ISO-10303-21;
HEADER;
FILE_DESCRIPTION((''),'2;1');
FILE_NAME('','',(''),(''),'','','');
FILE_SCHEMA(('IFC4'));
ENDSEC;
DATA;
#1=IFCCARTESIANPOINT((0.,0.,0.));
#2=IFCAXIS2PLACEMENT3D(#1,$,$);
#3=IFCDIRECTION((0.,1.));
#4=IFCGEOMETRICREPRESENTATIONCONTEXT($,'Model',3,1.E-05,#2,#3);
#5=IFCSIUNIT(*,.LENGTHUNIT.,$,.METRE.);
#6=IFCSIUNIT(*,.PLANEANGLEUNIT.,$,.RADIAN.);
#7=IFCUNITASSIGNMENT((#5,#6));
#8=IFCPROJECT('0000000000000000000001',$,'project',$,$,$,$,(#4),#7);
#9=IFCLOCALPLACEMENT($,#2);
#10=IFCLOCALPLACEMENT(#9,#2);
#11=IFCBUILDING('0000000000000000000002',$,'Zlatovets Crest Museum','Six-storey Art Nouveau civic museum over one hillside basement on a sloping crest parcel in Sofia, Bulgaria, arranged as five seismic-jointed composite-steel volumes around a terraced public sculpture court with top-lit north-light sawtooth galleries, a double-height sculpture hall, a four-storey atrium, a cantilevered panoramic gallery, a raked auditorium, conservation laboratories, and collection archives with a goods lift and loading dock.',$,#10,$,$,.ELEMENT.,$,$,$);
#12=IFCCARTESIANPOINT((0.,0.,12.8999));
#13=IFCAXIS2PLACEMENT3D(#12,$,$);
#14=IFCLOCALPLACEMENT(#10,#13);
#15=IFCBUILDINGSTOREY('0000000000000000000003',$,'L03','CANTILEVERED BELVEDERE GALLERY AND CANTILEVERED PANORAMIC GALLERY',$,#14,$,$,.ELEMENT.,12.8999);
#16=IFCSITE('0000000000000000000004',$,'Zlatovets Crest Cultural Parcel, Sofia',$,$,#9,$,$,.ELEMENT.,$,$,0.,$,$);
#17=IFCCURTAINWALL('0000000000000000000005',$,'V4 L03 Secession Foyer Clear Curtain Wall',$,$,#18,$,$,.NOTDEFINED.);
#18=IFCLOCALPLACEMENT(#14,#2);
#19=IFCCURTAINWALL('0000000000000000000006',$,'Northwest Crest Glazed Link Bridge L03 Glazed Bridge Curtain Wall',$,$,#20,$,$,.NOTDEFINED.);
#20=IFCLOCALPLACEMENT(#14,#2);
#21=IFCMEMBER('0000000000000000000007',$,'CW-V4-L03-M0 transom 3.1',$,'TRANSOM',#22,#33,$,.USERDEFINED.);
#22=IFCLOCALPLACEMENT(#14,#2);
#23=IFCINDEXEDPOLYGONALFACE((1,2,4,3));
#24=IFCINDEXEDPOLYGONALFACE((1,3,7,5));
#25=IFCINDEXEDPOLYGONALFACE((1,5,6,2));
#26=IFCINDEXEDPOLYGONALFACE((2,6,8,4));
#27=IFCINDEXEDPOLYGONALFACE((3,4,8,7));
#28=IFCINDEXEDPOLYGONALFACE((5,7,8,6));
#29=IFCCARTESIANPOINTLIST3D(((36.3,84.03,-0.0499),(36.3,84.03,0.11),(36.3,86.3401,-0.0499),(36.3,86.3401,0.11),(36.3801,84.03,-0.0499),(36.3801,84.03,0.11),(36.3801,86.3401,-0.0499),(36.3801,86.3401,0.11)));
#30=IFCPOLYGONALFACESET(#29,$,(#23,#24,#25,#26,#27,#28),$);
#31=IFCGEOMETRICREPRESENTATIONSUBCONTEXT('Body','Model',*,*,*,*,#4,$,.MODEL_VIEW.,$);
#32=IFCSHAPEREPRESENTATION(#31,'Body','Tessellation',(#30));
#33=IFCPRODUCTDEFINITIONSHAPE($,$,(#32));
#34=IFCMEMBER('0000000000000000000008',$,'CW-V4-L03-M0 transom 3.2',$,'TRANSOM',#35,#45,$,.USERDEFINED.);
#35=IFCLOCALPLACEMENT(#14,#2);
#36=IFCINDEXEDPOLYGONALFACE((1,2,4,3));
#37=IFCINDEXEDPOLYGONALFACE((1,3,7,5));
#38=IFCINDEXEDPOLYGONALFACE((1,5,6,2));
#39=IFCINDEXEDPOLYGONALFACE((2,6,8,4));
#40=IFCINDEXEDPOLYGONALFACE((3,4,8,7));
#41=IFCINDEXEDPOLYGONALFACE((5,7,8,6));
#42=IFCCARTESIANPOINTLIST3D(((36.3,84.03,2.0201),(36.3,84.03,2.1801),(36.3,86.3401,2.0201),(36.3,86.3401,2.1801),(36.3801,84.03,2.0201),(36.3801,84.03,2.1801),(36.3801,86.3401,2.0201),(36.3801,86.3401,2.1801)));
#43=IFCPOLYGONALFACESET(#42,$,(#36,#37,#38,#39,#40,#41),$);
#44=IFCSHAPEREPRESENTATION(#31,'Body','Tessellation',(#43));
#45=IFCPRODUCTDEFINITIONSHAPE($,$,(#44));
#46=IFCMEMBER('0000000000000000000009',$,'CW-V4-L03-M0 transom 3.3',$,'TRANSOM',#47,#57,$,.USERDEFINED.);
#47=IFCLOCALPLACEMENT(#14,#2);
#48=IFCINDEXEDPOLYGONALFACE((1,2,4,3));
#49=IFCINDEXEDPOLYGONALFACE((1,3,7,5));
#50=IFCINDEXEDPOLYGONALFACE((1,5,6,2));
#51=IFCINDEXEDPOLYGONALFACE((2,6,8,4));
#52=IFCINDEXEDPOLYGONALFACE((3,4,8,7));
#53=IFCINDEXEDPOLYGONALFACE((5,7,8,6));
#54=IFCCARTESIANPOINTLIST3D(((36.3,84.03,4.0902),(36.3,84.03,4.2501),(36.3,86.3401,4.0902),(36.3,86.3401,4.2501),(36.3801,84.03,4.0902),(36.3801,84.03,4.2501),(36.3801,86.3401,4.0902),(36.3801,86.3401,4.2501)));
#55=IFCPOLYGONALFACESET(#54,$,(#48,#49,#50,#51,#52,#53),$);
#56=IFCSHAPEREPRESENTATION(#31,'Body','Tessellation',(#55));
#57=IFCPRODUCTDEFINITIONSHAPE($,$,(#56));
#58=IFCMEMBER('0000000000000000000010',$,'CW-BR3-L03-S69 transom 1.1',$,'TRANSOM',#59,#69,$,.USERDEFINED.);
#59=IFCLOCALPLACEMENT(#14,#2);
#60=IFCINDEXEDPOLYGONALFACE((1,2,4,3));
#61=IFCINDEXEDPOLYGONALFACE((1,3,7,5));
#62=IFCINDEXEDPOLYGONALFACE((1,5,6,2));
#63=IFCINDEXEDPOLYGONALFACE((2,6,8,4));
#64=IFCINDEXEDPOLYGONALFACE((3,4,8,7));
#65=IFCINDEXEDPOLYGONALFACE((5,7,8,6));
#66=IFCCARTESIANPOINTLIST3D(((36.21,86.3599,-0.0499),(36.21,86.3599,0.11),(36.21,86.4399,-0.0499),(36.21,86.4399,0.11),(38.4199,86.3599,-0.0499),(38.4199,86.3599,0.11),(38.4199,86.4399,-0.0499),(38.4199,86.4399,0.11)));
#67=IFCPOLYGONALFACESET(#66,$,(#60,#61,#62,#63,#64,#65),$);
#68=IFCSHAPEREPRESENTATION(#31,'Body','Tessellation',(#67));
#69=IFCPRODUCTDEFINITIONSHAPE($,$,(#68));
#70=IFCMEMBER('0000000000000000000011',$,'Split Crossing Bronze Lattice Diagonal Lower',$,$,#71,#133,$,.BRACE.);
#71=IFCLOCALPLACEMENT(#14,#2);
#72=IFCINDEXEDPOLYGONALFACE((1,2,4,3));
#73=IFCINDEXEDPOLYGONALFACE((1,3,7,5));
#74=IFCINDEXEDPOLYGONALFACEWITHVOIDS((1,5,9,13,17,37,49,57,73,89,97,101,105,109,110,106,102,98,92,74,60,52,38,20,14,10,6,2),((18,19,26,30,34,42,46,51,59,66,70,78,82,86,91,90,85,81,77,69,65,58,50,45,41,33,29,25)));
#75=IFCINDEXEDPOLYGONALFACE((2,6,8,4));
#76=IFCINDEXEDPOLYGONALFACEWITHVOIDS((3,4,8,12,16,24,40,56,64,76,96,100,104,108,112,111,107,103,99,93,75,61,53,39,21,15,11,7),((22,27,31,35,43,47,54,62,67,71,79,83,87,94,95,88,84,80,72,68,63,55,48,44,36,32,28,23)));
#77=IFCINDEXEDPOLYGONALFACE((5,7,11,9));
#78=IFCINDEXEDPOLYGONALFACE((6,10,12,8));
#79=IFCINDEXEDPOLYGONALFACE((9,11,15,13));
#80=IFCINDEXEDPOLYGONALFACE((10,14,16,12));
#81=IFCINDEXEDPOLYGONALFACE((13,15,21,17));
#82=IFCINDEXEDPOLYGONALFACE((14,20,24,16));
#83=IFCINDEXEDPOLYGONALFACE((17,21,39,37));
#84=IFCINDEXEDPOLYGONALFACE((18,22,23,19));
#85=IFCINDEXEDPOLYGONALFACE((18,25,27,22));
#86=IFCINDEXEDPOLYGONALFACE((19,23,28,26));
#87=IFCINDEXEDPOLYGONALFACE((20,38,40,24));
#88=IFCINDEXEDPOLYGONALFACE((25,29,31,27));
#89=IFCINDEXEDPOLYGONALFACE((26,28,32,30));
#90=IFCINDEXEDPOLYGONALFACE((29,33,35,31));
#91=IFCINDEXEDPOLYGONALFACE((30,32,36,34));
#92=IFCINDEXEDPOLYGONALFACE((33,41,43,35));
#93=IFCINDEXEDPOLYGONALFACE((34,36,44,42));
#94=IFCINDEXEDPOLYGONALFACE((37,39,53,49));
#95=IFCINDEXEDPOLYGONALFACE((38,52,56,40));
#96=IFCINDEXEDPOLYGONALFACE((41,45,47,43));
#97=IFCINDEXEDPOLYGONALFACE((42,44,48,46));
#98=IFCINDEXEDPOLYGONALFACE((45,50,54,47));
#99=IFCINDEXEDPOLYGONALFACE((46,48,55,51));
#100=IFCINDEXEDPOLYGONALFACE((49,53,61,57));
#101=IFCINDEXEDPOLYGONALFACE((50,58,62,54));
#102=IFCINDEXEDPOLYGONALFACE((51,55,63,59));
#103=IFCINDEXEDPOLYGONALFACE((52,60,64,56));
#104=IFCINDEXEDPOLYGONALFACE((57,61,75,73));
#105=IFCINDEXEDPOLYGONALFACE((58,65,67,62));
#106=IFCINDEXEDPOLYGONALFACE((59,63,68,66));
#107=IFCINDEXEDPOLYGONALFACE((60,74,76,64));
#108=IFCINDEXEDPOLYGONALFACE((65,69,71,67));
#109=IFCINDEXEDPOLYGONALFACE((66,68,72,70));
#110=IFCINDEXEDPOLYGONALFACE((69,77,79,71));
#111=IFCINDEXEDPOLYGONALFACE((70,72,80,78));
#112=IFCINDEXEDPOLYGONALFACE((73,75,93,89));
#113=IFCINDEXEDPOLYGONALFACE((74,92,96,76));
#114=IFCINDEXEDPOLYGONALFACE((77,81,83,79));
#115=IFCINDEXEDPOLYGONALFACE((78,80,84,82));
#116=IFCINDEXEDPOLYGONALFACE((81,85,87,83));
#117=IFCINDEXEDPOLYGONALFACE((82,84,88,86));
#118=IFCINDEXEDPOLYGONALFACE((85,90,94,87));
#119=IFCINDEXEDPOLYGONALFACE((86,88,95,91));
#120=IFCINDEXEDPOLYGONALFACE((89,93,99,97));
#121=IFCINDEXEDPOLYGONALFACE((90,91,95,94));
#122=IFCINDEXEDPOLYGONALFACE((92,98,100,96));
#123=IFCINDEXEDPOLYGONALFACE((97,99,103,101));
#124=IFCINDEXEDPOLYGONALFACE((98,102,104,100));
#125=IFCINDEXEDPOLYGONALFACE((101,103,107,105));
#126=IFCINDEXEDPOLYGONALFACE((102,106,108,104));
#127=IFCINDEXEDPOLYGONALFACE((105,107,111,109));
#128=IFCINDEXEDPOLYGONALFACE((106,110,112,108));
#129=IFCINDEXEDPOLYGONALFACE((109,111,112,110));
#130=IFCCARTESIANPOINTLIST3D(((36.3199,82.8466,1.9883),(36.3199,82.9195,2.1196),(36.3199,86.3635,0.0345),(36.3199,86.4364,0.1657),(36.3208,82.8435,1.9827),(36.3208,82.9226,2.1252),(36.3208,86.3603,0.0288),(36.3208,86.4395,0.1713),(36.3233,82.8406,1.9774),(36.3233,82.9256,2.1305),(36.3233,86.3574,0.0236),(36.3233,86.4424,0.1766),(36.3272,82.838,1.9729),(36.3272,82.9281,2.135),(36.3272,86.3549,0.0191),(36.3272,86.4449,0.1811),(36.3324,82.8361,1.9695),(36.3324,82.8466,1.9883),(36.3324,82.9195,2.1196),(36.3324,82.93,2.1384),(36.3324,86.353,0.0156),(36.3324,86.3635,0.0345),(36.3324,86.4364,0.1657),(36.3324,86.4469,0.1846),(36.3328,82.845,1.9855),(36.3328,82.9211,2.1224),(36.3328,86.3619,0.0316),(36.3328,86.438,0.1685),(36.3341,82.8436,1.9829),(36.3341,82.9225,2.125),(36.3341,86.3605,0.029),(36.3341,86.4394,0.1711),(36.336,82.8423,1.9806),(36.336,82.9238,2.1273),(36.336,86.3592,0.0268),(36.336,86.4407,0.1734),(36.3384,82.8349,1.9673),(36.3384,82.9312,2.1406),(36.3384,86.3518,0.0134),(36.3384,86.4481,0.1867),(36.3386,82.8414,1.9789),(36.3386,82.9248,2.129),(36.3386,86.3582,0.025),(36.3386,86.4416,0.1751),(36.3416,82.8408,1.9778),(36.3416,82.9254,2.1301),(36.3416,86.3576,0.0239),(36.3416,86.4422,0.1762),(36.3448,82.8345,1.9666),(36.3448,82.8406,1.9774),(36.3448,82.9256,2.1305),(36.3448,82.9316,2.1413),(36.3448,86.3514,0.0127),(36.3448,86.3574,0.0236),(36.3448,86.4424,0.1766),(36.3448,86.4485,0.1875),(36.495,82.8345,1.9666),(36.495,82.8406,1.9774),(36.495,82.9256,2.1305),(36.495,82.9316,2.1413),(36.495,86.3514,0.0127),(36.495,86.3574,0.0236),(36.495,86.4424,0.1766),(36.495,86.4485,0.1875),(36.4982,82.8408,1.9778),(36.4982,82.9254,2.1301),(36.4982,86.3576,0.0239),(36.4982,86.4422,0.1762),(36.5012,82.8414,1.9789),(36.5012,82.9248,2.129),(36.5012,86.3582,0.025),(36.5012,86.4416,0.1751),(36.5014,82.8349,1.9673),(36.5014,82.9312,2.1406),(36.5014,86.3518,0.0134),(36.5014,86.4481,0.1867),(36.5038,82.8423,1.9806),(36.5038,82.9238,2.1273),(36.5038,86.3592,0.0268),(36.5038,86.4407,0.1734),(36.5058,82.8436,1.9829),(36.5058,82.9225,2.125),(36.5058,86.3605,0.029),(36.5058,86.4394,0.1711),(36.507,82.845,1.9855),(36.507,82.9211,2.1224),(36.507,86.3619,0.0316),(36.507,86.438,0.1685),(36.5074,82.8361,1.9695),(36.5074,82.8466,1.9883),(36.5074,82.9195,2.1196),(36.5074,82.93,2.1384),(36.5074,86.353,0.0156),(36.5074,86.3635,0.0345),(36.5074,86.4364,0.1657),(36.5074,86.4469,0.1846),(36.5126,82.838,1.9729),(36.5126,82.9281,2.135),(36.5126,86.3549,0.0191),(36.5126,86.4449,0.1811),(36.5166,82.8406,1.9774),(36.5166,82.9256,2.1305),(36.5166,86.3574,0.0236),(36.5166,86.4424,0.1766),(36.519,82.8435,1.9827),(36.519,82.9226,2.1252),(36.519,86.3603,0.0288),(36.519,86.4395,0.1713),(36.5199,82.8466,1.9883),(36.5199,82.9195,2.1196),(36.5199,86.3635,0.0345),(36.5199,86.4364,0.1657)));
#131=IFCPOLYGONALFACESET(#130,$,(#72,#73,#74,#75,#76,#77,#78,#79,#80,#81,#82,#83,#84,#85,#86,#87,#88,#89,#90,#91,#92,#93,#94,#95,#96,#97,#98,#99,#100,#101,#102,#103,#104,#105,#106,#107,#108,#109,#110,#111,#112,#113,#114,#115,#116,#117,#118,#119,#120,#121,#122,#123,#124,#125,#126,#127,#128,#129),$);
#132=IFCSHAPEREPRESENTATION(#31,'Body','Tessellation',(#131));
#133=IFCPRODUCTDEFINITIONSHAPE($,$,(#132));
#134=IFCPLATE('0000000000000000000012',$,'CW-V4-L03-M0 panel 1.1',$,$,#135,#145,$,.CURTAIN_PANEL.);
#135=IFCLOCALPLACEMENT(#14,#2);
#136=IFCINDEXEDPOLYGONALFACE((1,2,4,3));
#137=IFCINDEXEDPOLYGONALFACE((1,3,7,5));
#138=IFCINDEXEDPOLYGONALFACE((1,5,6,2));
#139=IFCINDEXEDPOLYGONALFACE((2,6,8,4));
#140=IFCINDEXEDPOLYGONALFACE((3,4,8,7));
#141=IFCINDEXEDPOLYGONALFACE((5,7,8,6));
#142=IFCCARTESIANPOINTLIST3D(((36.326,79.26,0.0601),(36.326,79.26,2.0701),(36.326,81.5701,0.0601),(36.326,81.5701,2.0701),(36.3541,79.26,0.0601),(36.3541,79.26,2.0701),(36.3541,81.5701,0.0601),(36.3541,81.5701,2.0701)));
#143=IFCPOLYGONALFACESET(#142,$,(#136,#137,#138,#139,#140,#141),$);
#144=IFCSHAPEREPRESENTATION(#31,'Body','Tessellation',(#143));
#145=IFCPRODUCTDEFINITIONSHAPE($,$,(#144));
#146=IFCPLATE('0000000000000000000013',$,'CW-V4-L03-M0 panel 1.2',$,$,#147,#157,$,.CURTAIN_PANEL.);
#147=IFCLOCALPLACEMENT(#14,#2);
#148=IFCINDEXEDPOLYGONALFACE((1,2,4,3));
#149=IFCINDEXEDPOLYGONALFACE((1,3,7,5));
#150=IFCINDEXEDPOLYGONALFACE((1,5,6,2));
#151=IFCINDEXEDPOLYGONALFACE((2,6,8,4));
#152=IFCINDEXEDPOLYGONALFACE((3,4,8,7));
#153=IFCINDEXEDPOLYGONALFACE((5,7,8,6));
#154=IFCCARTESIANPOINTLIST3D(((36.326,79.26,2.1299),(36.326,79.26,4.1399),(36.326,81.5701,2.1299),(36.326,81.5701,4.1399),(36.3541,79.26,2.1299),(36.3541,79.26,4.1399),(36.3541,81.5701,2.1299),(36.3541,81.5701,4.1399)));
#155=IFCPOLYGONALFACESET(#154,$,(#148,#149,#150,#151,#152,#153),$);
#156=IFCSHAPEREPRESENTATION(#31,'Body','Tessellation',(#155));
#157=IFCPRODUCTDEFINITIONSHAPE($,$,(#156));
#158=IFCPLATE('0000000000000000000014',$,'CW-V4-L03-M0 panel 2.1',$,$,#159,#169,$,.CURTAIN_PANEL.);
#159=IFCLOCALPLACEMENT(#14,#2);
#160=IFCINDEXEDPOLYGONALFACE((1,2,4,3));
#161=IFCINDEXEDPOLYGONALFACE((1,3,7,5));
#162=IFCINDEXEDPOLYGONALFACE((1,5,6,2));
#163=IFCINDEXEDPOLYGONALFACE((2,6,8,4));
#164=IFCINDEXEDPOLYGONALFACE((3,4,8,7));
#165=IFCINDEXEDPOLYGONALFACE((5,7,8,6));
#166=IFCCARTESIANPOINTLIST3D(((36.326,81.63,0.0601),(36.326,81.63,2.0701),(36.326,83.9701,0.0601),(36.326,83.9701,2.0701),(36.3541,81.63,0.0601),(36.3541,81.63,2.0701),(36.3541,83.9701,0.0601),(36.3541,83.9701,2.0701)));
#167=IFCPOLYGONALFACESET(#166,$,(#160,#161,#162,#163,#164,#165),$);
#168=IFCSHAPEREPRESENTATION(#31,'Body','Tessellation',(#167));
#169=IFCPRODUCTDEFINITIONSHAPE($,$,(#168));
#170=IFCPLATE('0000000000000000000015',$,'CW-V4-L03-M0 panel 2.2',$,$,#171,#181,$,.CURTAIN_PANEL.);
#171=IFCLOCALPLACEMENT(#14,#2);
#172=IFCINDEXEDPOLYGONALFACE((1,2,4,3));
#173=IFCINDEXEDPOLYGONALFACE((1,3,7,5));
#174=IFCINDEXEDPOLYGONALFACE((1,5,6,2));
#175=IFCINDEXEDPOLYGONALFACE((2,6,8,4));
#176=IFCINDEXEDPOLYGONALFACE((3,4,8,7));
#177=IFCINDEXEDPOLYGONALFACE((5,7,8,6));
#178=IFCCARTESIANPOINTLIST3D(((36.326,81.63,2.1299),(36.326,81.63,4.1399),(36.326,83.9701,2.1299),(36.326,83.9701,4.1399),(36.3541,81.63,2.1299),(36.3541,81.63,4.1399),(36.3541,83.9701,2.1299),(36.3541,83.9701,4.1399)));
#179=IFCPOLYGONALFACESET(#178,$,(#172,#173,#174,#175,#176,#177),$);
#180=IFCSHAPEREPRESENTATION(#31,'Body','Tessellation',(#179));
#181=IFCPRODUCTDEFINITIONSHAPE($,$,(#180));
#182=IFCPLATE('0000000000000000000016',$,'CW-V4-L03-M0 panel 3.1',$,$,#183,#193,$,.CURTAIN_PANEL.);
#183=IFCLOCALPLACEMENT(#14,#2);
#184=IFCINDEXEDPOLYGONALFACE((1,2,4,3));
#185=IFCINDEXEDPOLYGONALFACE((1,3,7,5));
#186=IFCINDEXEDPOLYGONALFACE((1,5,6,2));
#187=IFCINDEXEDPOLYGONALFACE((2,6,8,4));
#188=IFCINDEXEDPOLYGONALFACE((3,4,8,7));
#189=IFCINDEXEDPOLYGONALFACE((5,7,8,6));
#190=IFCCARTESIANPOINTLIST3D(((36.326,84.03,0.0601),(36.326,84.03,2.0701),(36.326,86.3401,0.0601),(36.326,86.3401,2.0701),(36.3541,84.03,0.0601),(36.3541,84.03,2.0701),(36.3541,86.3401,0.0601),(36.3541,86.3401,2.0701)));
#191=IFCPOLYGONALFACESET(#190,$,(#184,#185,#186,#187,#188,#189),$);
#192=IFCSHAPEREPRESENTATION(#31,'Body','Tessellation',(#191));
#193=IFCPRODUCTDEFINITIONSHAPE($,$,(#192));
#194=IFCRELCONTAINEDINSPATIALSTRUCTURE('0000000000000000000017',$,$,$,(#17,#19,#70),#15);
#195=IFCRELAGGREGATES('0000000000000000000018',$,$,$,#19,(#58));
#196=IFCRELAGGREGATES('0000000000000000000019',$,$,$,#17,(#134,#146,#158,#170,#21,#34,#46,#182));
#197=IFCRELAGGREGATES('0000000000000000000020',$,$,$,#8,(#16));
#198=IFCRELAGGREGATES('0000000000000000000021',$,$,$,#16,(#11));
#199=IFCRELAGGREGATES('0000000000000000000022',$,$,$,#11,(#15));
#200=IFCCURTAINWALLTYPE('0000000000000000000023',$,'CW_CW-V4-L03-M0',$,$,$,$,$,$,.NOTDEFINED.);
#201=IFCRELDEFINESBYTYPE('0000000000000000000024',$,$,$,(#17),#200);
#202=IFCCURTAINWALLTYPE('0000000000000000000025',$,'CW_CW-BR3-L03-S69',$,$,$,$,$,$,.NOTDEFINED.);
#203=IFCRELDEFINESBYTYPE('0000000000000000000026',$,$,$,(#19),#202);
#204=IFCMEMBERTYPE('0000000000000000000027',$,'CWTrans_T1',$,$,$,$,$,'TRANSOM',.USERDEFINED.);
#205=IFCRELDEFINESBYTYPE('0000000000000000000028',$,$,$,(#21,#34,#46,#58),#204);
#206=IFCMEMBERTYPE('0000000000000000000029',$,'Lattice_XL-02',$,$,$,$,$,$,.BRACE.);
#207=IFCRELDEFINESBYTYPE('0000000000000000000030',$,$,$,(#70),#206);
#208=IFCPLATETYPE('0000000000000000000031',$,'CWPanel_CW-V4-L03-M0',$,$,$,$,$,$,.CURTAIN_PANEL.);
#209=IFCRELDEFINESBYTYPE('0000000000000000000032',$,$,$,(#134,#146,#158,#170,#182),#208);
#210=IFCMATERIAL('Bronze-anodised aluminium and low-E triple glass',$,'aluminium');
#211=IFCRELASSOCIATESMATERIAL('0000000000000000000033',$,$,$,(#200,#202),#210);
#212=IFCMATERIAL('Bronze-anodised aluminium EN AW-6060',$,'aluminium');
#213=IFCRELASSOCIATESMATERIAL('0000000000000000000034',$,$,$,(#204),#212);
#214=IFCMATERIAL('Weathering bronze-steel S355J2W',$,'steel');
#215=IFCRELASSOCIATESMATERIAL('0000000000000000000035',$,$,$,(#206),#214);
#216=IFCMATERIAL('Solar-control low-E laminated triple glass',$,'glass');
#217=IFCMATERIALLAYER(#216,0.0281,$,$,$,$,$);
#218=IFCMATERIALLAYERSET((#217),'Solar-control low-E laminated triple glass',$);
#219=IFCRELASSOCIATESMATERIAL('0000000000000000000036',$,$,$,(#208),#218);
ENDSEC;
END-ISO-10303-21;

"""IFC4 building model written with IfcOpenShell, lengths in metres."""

from ifc_helpers import new_model, si_unit, direction, frame, origin, origin_2d, place, context, subcontext, project, spatial, rectangle, hollow_rectangle, extrude, material, layer, layer_set, material_profile, profile_set, type_object, element, aggregate, save


model = new_model("IFC4")

# Units and contexts
model_context = context("Model", 3, precision=1e-05, world=origin(), true_north=direction((0.0, 1.0)))
body_context = subcontext(model_context, "Body", "Model", "MODEL_VIEW")
ifc_project = project(units=[si_unit("LENGTHUNIT", "METRE"), si_unit("PLANEANGLEUNIT", "RADIAN")], contexts=[model_context])

# Site, building, storey
site_placement = place(None, origin())
site = spatial("IfcSite", under=ifc_project, at=site_placement, Name="Zlatovets Crest Cultural Parcel, Sofia", CompositionType="ELEMENT", RefElevation=0.0)
building_placement = place(site_placement, origin())
building = spatial("IfcBuilding", under=site, at=building_placement, Name="Zlatovets Crest Museum", Description="Six-storey Art Nouveau civic museum over one hillside basement on a sloping crest parcel in Sofia, Bulgaria, arranged as five seismic-jointed composite-steel volumes around a terraced public sculpture court with top-lit north-light sawtooth galleries, a double-height sculpture hall, a four-storey atrium, a cantilevered panoramic gallery, a raked auditorium, conservation laboratories, and collection archives with a goods lift and loading dock.", CompositionType="ELEMENT")
storey_placement = place(building_placement, frame((0.0, 0.0, 12.8999)))
storey = spatial("IfcBuildingStorey", under=building, at=storey_placement, Name="L03", Description="CANTILEVERED BELVEDERE GALLERY AND CANTILEVERED PANORAMIC GALLERY", CompositionType="ELEMENT", Elevation=12.8999)

# Curtain wall
ifc_material_1 = material(Name="Bronze-anodised aluminium and low-E triple glass", Category="aluminium")
curtain_wall_type_1 = type_object("IfcCurtainWallType", Name="CW_CW-V4-L03-M0", PredefinedType="NOTDEFINED", material=ifc_material_1)
curtain_wall_1_placement = place(storey_placement, origin())
curtain_wall_1 = element("IfcCurtainWall", 1, at=curtain_wall_1_placement, inside=storey, type_object=curtain_wall_type_1, Name="V4 L03 Secession Foyer Clear Curtain Wall", PredefinedType="NOTDEFINED")
ifc_material_2 = material(Name="Bronze-anodised aluminium EN AW-6060", Category="aluminium")

# Curtain wall
curtain_wall_type_2 = type_object("IfcCurtainWallType", Name="CW_CW-BR3-L03-S69", PredefinedType="NOTDEFINED", material=ifc_material_1)
curtain_wall_2_placement = place(storey_placement, origin())
curtain_wall_2 = element("IfcCurtainWall", 2, at=curtain_wall_2_placement, inside=storey, type_object=curtain_wall_type_2, Name="Northwest Crest Glazed Link Bridge L03 Glazed Bridge Curtain Wall", PredefinedType="NOTDEFINED")

# Members
ifc_material_profile_1 = material_profile(ifc_material_2, rectangle(XDim=0.0801, YDim=0.1599, at=origin_2d()), Name="ALU 80x160")
ifc_profile_set_1 = profile_set([ifc_material_profile_1], Name="Bronze-anodised aluminium EN AW-6060")
member_type_1 = type_object("IfcMemberType", Name="CWTrans_T1", ElementType="TRANSOM", PredefinedType="USERDEFINED", material=ifc_profile_set_1)
member_1_placement = place(storey_placement, frame((36.3401, 84.03, 0.03), z_axis=(0.0, 1.0, 0.0), x_axis=(-1.0, 0.0, 0.0)))
member_1 = element("IfcMember", 3, at=member_1_placement, type_object=member_type_1, Name="CW-V4-L03-M0 transom 3.1", ObjectType="TRANSOM", PredefinedType="USERDEFINED", context=body_context, shape_type="SweptSolid", body=[
    extrude(rectangle(XDim=0.0801, YDim=0.1599, at=origin_2d()), origin(), (0.0, 0.0, 1.0), 2.3101),
])
member_2_placement = place(storey_placement, frame((36.3401, 84.03, 2.1001), z_axis=(0.0, 1.0, 0.0), x_axis=(-1.0, 0.0, 0.0)))
member_2 = element("IfcMember", 4, at=member_2_placement, type_object=member_type_1, Name="CW-V4-L03-M0 transom 3.2", ObjectType="TRANSOM", PredefinedType="USERDEFINED", context=body_context, shape_type="SweptSolid", body=[
    extrude(rectangle(XDim=0.0801, YDim=0.1599, at=origin_2d()), origin(), (0.0, 0.0, 1.0), 2.3101),
])
member_3_placement = place(storey_placement, frame((36.3401, 84.03, 4.1702), z_axis=(0.0, 1.0, 0.0), x_axis=(-1.0, 0.0, 0.0)))
member_3 = element("IfcMember", 5, at=member_3_placement, type_object=member_type_1, Name="CW-V4-L03-M0 transom 3.3", ObjectType="TRANSOM", PredefinedType="USERDEFINED", context=body_context, shape_type="SweptSolid", body=[
    extrude(rectangle(XDim=0.0801, YDim=0.1599, at=origin_2d()), origin(), (0.0, 0.0, 1.0), 2.3101),
])
member_4_placement = place(storey_placement, frame((36.21, 86.3999, 0.03), z_axis=(1.0, 0.0, 0.0), x_axis=(0.0, 1.0, 0.0)))
member_4 = element("IfcMember", 6, at=member_4_placement, type_object=member_type_1, Name="CW-BR3-L03-S69 transom 1.1", ObjectType="TRANSOM", PredefinedType="USERDEFINED", context=body_context, shape_type="SweptSolid", body=[
    extrude(rectangle(XDim=0.0801, YDim=0.1599, at=origin_2d()), origin(), (0.0, 0.0, 1.0), 2.21),
])
aggregate(curtain_wall_2, [member_4])
ifc_material_3 = material(Name="Weathering bronze-steel S355J2W", Category="steel")
ifc_material_profile_2 = material_profile(ifc_material_3, hollow_rectangle(XDim=0.2, YDim=0.2, WallThickness=0.0125, InnerFilletRadius=0.0125, OuterFilletRadius=0.0249, at=origin_2d()), Name="SHS 200x200x12.5")
ifc_profile_set_2 = profile_set([ifc_material_profile_2], Name="Weathering bronze-steel S355J2W")
member_type_2 = type_object("IfcMemberType", Name="Lattice_XL-02", PredefinedType="BRACE", material=ifc_profile_set_2)
member_5_placement = place(storey_placement, frame((36.4199, 82.8831, 2.054), z_axis=(0.0, 0.874152, -0.485653), x_axis=(-1.0, 0.0, 0.0)))
element("IfcMember", 7, at=member_5_placement, inside=storey, type_object=member_type_2, Name="Split Crossing Bronze Lattice Diagonal Lower", PredefinedType="BRACE", context=body_context, shape_type="SweptSolid", body=[
    extrude(hollow_rectangle(XDim=0.2, YDim=0.2, WallThickness=0.0125, InnerFilletRadius=0.0125, OuterFilletRadius=0.0249, at=origin_2d()), origin(), (0.0, 0.0, 1.0), 4.0232),
])

# Plates
ifc_material_4 = material(Name="Solar-control low-E laminated triple glass", Category="glass")
ifc_layer_1 = layer(ifc_material_4, 0.0281)
ifc_layer_set_1 = layer_set([ifc_layer_1], Name="Solar-control low-E laminated triple glass")
plate_type_1 = type_object("IfcPlateType", Name="CWPanel_CW-V4-L03-M0", PredefinedType="CURTAIN_PANEL", material=ifc_layer_set_1)
plate_1_placement = place(storey_placement, frame((36.3401, 80.415, 0.0601), z_axis=(0.0, 0.0, 1.0), x_axis=(0.0, 1.0, 0.0)))
plate_1 = element("IfcPlate", 8, at=plate_1_placement, type_object=plate_type_1, Name="CW-V4-L03-M0 panel 1.1", PredefinedType="CURTAIN_PANEL", context=body_context, shape_type="SweptSolid", body=[
    extrude(rectangle(XDim=2.3101, YDim=0.0281, at=origin_2d()), origin(), (0.0, 0.0, 1.0), 2.01),
])
plate_2_placement = place(storey_placement, frame((36.3401, 80.415, 2.1299), z_axis=(0.0, 0.0, 1.0), x_axis=(0.0, 1.0, 0.0)))
plate_2 = element("IfcPlate", 9, at=plate_2_placement, type_object=plate_type_1, Name="CW-V4-L03-M0 panel 1.2", PredefinedType="CURTAIN_PANEL", context=body_context, shape_type="SweptSolid", body=[
    extrude(rectangle(XDim=2.3101, YDim=0.0281, at=origin_2d()), origin(), (0.0, 0.0, 1.0), 2.01),
])
plate_3_placement = place(storey_placement, frame((36.3401, 82.8, 0.0601), z_axis=(0.0, 0.0, 1.0), x_axis=(0.0, 1.0, 0.0)))
plate_3 = element("IfcPlate", 10, at=plate_3_placement, type_object=plate_type_1, Name="CW-V4-L03-M0 panel 2.1", PredefinedType="CURTAIN_PANEL", context=body_context, shape_type="SweptSolid", body=[
    extrude(rectangle(XDim=2.3401, YDim=0.0281, at=origin_2d()), origin(), (0.0, 0.0, 1.0), 2.01),
])
plate_4_placement = place(storey_placement, frame((36.3401, 82.8, 2.1299), z_axis=(0.0, 0.0, 1.0), x_axis=(0.0, 1.0, 0.0)))
plate_4 = element("IfcPlate", 11, at=plate_4_placement, type_object=plate_type_1, Name="CW-V4-L03-M0 panel 2.2", PredefinedType="CURTAIN_PANEL", context=body_context, shape_type="SweptSolid", body=[
    extrude(rectangle(XDim=2.3401, YDim=0.0281, at=origin_2d()), origin(), (0.0, 0.0, 1.0), 2.01),
])
plate_5_placement = place(storey_placement, frame((36.3401, 85.1851, 0.0601), z_axis=(0.0, 0.0, 1.0), x_axis=(0.0, 1.0, 0.0)))
plate_5 = element("IfcPlate", 12, at=plate_5_placement, type_object=plate_type_1, Name="CW-V4-L03-M0 panel 3.1", PredefinedType="CURTAIN_PANEL", context=body_context, shape_type="SweptSolid", body=[
    extrude(rectangle(XDim=2.3101, YDim=0.0281, at=origin_2d()), origin(), (0.0, 0.0, 1.0), 2.01),
])
aggregate(curtain_wall_1, [plate_1, plate_2, plate_3, plate_4, member_1, member_2, member_3, plate_5])

save(model, "model.ifc")
